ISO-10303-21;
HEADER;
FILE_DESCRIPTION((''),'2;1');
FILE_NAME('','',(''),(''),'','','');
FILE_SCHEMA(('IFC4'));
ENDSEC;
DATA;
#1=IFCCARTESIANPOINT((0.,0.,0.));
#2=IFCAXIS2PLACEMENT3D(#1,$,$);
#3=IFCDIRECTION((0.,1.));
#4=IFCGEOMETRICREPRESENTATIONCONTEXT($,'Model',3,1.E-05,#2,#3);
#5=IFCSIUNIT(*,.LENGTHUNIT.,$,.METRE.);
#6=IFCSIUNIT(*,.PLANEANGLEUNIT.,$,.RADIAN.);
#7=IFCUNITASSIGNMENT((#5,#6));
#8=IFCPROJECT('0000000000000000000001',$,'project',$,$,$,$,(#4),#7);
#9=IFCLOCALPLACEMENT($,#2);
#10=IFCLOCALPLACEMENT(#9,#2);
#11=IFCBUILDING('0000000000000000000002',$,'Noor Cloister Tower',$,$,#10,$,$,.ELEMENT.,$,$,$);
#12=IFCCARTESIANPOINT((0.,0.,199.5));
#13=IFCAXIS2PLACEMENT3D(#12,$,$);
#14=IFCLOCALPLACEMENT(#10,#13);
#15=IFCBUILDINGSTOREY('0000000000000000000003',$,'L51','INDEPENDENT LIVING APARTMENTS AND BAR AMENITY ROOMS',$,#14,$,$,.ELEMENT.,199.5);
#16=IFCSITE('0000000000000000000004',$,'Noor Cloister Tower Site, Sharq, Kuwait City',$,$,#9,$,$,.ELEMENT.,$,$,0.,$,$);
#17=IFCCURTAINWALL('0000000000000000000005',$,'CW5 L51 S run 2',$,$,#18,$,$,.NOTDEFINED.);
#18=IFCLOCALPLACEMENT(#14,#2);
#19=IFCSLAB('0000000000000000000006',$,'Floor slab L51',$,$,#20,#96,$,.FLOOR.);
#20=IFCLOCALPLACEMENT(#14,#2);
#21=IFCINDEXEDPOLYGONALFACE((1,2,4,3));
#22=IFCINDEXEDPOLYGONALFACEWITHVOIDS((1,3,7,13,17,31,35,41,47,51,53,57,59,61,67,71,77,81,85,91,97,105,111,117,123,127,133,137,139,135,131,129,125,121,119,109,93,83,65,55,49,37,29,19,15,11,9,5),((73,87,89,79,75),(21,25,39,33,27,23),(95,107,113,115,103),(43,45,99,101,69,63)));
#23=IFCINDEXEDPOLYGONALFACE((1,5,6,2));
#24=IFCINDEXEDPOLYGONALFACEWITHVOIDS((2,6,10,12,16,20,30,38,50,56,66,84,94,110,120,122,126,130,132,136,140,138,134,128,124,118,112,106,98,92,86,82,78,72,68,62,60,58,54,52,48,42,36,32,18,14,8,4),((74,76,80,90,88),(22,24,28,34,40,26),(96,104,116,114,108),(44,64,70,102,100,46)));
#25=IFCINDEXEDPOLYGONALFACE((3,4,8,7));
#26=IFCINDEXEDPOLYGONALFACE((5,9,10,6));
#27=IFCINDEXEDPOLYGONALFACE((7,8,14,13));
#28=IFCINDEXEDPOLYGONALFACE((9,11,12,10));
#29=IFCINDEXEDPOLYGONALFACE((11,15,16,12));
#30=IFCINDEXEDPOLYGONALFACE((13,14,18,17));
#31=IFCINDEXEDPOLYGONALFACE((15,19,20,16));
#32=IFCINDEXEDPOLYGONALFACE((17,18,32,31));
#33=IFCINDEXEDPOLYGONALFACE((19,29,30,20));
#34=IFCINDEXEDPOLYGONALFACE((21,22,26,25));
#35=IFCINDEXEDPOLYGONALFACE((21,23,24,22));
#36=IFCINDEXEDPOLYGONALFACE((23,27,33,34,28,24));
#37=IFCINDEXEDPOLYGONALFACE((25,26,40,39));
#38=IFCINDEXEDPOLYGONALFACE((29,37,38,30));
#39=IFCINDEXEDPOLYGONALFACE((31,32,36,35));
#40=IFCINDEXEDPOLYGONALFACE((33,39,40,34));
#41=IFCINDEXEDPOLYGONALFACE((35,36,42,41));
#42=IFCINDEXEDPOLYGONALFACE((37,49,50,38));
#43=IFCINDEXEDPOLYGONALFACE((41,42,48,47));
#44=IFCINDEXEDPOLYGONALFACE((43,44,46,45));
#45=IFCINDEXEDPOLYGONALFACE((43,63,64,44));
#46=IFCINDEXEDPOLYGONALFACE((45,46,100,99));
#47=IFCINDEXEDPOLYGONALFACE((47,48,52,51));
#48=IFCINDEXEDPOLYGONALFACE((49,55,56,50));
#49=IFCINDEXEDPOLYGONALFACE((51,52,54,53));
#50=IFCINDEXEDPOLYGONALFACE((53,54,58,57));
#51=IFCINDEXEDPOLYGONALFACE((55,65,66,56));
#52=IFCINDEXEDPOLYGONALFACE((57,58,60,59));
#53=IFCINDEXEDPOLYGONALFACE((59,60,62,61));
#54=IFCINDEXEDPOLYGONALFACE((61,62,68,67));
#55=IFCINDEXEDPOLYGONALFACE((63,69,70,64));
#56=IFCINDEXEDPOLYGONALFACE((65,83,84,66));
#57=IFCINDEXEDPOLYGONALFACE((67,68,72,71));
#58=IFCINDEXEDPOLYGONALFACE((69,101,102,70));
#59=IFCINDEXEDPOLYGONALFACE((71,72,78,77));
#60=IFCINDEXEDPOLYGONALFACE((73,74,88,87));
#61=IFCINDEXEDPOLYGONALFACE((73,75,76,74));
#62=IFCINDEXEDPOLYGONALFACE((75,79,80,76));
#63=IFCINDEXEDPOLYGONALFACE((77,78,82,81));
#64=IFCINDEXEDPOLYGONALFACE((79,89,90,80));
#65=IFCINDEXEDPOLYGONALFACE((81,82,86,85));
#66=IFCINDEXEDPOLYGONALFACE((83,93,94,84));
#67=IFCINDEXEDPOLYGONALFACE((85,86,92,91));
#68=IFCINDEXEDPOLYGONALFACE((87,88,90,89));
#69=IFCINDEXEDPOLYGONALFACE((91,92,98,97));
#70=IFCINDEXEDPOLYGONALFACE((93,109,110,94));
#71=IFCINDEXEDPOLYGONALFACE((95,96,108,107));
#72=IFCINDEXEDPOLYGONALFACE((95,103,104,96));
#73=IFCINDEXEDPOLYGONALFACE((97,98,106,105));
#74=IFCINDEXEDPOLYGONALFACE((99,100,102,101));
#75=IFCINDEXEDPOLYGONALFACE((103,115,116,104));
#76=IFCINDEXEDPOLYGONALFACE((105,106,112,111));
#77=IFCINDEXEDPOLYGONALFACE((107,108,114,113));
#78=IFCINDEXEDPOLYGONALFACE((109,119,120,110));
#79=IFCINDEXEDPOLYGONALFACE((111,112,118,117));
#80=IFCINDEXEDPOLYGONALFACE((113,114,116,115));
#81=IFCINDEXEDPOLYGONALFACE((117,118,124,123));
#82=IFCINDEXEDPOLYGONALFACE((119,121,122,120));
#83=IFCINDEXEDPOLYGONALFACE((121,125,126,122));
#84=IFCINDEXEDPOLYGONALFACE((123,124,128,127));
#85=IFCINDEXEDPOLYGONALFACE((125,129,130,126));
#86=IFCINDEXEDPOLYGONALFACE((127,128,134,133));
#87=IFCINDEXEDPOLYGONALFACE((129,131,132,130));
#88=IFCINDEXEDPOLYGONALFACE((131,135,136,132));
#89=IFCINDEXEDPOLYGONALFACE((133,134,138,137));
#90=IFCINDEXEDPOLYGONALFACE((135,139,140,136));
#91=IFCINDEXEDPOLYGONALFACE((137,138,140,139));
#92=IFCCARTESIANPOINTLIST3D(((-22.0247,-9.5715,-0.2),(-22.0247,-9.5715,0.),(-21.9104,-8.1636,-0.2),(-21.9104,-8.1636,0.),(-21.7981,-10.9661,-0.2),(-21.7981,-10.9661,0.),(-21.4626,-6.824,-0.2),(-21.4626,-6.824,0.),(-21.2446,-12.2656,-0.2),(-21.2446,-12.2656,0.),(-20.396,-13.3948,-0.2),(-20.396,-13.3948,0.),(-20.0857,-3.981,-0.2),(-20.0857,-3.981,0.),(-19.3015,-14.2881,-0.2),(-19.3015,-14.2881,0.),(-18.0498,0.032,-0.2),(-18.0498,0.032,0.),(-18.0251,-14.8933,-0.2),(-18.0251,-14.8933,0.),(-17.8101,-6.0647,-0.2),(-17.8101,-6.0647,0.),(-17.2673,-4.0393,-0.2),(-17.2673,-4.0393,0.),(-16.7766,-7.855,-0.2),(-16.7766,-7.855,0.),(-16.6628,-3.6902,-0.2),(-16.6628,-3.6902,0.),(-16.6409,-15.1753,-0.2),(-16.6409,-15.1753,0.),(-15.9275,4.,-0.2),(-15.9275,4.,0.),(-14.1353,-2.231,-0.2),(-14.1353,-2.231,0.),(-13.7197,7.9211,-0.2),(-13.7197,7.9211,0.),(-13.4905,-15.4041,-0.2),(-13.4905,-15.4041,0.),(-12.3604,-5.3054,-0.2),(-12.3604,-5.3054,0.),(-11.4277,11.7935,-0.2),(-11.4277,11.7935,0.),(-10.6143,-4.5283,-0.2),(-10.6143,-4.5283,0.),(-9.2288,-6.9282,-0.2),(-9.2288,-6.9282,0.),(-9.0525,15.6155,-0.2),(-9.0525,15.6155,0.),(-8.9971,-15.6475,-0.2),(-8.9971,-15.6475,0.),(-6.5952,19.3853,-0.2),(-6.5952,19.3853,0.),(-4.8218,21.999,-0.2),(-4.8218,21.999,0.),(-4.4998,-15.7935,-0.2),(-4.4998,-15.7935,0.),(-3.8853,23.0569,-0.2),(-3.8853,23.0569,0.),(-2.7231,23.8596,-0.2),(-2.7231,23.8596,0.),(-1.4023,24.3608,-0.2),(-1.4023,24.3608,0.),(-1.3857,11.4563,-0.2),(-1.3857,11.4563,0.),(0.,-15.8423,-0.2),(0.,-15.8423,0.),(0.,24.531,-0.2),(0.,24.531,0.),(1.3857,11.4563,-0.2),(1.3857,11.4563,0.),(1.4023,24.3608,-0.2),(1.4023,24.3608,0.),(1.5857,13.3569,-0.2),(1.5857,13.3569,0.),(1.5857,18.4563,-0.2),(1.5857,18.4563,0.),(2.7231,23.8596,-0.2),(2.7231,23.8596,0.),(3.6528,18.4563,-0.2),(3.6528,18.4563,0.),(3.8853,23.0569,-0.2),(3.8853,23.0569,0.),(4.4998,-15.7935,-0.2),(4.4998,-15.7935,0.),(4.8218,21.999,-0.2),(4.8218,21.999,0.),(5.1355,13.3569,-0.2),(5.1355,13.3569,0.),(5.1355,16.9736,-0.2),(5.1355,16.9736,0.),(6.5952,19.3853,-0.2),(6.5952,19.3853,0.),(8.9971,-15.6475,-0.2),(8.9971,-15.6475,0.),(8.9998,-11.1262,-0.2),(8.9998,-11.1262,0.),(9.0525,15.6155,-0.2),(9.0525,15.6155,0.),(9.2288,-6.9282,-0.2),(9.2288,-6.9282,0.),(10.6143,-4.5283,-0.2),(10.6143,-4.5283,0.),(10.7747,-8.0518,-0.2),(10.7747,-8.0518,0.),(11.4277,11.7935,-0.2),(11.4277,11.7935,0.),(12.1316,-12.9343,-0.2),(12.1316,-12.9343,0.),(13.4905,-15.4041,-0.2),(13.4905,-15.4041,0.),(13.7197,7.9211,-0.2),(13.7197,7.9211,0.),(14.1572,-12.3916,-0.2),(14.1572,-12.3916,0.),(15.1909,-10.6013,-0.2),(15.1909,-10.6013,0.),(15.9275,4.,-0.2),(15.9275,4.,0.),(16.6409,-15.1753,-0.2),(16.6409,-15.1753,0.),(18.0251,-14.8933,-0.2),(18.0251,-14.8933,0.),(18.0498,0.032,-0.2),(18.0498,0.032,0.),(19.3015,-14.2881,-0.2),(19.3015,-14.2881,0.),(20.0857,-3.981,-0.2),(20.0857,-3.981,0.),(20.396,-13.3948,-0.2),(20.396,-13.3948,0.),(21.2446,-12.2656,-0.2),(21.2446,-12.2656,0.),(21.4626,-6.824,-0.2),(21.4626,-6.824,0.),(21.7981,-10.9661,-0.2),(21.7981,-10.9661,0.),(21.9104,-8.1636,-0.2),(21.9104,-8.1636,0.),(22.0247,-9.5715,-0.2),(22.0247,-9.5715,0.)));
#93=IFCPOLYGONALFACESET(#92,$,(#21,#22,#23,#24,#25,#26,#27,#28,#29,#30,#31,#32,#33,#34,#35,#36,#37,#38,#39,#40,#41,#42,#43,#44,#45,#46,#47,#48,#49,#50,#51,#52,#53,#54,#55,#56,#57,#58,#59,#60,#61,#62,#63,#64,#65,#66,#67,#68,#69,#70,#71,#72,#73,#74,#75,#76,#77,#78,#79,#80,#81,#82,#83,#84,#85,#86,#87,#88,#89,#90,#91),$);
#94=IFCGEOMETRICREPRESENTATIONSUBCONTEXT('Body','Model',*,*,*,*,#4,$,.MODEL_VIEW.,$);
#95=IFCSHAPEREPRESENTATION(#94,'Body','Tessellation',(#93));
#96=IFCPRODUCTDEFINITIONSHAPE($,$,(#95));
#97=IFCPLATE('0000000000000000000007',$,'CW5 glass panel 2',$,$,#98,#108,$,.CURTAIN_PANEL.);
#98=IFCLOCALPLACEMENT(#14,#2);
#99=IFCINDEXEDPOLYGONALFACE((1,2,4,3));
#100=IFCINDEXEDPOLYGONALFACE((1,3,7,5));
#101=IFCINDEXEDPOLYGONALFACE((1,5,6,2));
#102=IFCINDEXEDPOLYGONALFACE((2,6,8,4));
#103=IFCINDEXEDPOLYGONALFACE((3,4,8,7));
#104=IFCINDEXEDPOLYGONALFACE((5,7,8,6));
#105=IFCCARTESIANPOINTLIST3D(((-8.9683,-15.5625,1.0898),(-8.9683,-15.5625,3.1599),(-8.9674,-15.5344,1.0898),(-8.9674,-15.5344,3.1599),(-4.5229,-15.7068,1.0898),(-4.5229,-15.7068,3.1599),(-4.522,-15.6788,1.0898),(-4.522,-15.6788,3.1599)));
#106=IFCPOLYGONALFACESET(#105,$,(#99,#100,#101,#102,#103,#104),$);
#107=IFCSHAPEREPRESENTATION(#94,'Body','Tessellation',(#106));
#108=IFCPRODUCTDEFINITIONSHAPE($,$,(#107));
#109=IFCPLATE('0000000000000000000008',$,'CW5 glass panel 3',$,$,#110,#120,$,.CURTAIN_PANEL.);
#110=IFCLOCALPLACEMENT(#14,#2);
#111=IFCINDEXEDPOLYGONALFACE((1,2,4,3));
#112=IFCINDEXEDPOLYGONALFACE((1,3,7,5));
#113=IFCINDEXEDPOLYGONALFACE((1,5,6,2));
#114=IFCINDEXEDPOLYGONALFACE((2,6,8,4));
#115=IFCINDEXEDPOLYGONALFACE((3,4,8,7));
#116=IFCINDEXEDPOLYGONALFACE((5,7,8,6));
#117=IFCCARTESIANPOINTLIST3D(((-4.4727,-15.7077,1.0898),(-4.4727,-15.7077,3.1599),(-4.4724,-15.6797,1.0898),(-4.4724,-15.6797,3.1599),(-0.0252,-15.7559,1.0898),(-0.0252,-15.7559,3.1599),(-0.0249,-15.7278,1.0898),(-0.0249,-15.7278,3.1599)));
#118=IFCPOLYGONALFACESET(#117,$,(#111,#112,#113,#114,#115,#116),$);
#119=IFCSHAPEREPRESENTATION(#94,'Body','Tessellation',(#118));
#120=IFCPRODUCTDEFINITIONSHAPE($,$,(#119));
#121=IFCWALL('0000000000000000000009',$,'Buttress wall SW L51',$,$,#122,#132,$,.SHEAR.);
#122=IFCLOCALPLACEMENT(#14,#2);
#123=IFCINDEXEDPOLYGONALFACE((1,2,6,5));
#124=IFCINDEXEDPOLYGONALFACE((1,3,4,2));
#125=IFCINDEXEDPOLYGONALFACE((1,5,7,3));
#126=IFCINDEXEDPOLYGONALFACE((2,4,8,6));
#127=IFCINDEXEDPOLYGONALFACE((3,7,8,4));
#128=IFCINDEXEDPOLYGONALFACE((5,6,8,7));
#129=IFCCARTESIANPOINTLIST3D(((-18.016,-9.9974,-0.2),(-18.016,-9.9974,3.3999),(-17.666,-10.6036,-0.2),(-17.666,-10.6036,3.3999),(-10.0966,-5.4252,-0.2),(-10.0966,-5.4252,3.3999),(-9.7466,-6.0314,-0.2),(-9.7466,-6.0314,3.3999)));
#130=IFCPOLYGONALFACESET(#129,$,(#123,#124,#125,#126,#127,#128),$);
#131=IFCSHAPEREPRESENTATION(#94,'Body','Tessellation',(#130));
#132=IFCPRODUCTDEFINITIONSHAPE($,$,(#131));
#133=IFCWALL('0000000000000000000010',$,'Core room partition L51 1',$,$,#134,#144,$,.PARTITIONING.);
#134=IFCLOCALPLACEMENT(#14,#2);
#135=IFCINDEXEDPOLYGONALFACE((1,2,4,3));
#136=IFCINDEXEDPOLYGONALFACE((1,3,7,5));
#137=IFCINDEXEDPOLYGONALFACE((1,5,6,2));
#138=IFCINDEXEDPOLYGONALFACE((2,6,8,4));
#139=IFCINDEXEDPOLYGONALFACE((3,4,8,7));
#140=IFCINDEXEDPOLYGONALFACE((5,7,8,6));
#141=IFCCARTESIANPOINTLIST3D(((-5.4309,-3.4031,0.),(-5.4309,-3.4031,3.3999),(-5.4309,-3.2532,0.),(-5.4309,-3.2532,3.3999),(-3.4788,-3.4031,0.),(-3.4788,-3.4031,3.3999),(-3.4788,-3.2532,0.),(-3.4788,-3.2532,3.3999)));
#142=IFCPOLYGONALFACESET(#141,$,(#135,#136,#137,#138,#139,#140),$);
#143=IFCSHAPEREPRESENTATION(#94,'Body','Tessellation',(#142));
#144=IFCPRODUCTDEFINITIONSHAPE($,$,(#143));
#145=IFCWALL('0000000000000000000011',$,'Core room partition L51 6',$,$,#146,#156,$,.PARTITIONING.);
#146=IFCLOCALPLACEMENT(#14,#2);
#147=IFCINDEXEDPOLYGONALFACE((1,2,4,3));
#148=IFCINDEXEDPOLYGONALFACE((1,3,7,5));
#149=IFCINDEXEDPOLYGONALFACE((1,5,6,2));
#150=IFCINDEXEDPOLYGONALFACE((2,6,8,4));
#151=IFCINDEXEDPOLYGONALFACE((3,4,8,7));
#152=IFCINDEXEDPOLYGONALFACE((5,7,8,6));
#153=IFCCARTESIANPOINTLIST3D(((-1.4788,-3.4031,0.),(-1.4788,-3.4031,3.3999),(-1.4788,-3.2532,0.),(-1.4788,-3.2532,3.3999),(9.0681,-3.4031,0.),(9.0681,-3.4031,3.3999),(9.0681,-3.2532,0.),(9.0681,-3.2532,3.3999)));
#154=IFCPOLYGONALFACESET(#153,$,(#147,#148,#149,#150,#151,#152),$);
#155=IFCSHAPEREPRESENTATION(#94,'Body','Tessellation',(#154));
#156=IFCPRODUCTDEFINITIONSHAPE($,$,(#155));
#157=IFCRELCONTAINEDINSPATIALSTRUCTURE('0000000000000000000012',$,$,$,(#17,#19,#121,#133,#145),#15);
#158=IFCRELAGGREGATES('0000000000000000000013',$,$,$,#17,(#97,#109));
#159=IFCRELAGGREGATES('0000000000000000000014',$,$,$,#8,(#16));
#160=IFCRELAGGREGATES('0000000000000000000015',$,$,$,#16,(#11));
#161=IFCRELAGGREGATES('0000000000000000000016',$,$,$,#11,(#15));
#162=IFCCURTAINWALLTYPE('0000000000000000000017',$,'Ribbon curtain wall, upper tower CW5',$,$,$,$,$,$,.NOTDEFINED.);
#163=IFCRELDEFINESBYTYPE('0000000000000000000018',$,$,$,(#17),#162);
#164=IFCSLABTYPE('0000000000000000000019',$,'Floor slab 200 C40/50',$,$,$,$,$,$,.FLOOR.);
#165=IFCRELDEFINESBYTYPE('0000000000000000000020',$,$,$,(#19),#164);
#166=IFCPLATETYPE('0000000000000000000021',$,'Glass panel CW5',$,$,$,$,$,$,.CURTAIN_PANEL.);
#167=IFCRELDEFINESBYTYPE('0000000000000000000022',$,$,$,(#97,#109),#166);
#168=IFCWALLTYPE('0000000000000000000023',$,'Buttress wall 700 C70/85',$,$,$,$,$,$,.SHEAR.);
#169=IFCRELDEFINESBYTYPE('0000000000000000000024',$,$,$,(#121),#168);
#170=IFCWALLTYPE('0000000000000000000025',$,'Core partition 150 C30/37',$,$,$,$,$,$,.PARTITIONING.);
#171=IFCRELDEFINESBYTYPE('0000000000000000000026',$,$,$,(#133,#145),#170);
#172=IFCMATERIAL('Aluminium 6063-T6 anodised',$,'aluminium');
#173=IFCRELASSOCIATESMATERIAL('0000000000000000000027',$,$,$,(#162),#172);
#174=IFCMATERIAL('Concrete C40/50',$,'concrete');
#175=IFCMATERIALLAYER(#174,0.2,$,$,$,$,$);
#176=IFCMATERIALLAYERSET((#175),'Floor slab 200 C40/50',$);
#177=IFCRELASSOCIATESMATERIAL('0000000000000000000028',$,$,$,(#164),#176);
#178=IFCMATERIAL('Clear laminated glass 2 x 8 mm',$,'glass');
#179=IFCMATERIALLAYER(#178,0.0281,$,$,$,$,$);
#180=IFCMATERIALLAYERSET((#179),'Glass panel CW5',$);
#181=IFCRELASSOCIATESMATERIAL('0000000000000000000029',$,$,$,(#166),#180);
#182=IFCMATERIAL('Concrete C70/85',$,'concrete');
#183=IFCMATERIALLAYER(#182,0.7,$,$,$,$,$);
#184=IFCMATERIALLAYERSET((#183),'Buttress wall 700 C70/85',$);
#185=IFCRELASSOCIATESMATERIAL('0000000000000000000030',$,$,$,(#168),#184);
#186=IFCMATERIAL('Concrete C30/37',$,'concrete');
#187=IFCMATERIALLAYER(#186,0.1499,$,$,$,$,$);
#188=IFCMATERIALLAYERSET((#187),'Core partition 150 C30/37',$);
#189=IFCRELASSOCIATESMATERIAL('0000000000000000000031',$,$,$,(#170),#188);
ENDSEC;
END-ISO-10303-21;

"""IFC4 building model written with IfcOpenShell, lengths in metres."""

from ifc_helpers import new_model, si_unit, direction, frame, frame_2d, origin, origin_2d, place, context, subcontext, project, spatial, polyline, rectangle, outline, extrude, material, layer, layer_set, type_object, element, aggregate, save


model = new_model("IFC4")

# Units and contexts
model_context = context("Model", 3, precision=1e-05, world=origin(), true_north=direction((0.0, 1.0)))
body_context = subcontext(model_context, "Body", "Model", "MODEL_VIEW")
ifc_project = project(units=[si_unit("LENGTHUNIT", "METRE"), si_unit("PLANEANGLEUNIT", "RADIAN")], contexts=[model_context])

# Site, building, storey
site_placement = place(None, origin())
site = spatial("IfcSite", under=ifc_project, at=site_placement, Name="Noor Cloister Tower Site, Sharq, Kuwait City", CompositionType="ELEMENT", RefElevation=0.0)
building_placement = place(site_placement, origin())
building = spatial("IfcBuilding", under=site, at=building_placement, Name="Noor Cloister Tower", CompositionType="ELEMENT")
storey_placement = place(building_placement, frame((0.0, 0.0, 199.5)))
storey = spatial("IfcBuildingStorey", under=building, at=storey_placement, Name="L51", Description="INDEPENDENT LIVING APARTMENTS AND BAR AMENITY ROOMS", CompositionType="ELEMENT", Elevation=199.5)

# Shared definitions
ifc_material_1 = material(Name="Aluminium 6063-T6 anodised", Category="aluminium")
curtain_wall_type = type_object("IfcCurtainWallType", Name="Ribbon curtain wall, upper tower CW5", PredefinedType="NOTDEFINED", material=ifc_material_1)

# Curtain wall
curtain_wall_1_placement = place(storey_placement, origin())
curtain_wall_1 = element("IfcCurtainWall", 1, at=curtain_wall_1_placement, inside=storey, type_object=curtain_wall_type, Name="CW5 L51 S run 2", PredefinedType="NOTDEFINED")

# Slab
ifc_material_2 = material(Name="Concrete C40/50", Category="concrete")
ifc_layer_1 = layer(ifc_material_2, 0.2)
ifc_layer_set_1 = layer_set([ifc_layer_1], Name="Floor slab 200 C40/50")
slab_type = type_object("IfcSlabType", Name="Floor slab 200 C40/50", PredefinedType="FLOOR", material=ifc_layer_set_1)
slab_placement = place(storey_placement, frame((0.0, 0.0, -0.2)))
element("IfcSlab", 2, at=slab_placement, inside=storey, type_object=slab_type, Name="Floor slab L51", PredefinedType="FLOOR", context=body_context, shape_type="SweptSolid", body=[
    extrude(outline(polyline([(4.8218, 21.999), (3.8853, 23.0569), (2.7231, 23.8596), (1.4023, 24.3608), (0.0, 24.531), (-1.4023, 24.3608), (-2.7231, 23.8596), (-3.8853, 23.0569), (-4.8218, 21.999), (-6.5952, 19.3853), (-9.0525, 15.6155), (-11.4277, 11.7935), (-13.7197, 7.9211), (-15.9275, 4.0), (-18.0498, 0.032), (-20.0857, -3.981), (-21.4626, -6.824), (-21.9104, -8.1636), (-22.0247, -9.5715), (-21.7981, -10.9661), (-21.2446, -12.2656), (-20.396, -13.3948), (-19.3015, -14.2881), (-18.0251, -14.8933), (-16.6409, -15.1753), (-13.4905, -15.4041), (-8.9971, -15.6475), (-4.4998, -15.7935), (0.0, -15.8423), (4.4998, -15.7935), (8.9971, -15.6475), (13.4905, -15.4041), (16.6409, -15.1753), (18.0251, -14.8933), (19.3015, -14.2881), (20.396, -13.3948), (21.2446, -12.2656), (21.7981, -10.9661), (22.0247, -9.5715), (21.9104, -8.1636), (21.4626, -6.824), (20.0857, -3.981), (18.0498, 0.032), (15.9275, 4.0), (13.7197, 7.9211), (11.4277, 11.7935), (9.0525, 15.6155), (6.5952, 19.3853), (4.8218, 21.999)]), holes=[polyline([(8.9998, -11.1262), (12.1316, -12.9343), (14.1572, -12.3916), (15.1909, -10.6013), (10.7747, -8.0518), (8.9998, -11.1262)]), polyline([(-17.8101, -6.0647), (-16.7766, -7.855), (-12.3604, -5.3054), (-14.1353, -2.231), (-16.6628, -3.6902), (-17.2673, -4.0393), (-17.8101, -6.0647)]), polyline([(-10.6143, -4.5283), (-9.2288, -6.9282), (9.2288, -6.9282), (10.6143, -4.5283), (1.3857, 11.4563), (-1.3857, 11.4563), (-10.6143, -4.5283)]), polyline([(3.6528, 18.4563), (1.5857, 18.4563), (1.5857, 13.3569), (5.1355, 13.3569), (5.1355, 16.9736), (3.6528, 18.4563)])]), origin(), (0.0, 0.0, 1.0), 0.2),
])

# Plates
ifc_material_3 = material(Name="Clear laminated glass 2 x 8 mm", Category="glass")
ifc_layer_2 = layer(ifc_material_3, 0.0281)
ifc_layer_set_2 = layer_set([ifc_layer_2], Name="Glass panel CW5")
plate_type = type_object("IfcPlateType", Name="Glass panel CW5", PredefinedType="CURTAIN_PANEL", material=ifc_layer_set_2)
plate_1_placement = place(storey_placement, frame((-6.7451, -15.6206, 1.0898), z_axis=(0.0, 0.0, 1.0), x_axis=(0.999473, -0.032455, 0.0)))
plate_1 = element("IfcPlate", 3, at=plate_1_placement, type_object=plate_type, Name="CW5 glass panel 2", PredefinedType="CURTAIN_PANEL", context=body_context, shape_type="SweptSolid", body=[
    extrude(rectangle(XDim=4.4478, YDim=0.0281, at=origin_2d()), origin(), (0.0, 0.0, 1.0), 2.0701),
])
plate_2_placement = place(storey_placement, frame((-2.2488, -15.7178, 1.0898), z_axis=(0.0, 0.0, 1.0), x_axis=(0.999941, -0.01082, 0.0)))
plate_2 = element("IfcPlate", 4, at=plate_2_placement, type_object=plate_type, Name="CW5 glass panel 3", PredefinedType="CURTAIN_PANEL", context=body_context, shape_type="SweptSolid", body=[
    extrude(rectangle(XDim=4.4478, YDim=0.0281, at=origin_2d()), origin(), (0.0, 0.0, 1.0), 2.0701),
])
aggregate(curtain_wall_1, [plate_1, plate_2])

# Walls
ifc_material_4 = material(Name="Concrete C70/85", Category="concrete")
ifc_layer_3 = layer(ifc_material_4, 0.7)
ifc_layer_set_3 = layer_set([ifc_layer_3], Name="Buttress wall 700 C70/85")
wall_type_1 = type_object("IfcWallType", Name="Buttress wall 700 C70/85", PredefinedType="SHEAR", material=ifc_layer_set_3)
wall_1_placement = place(storey_placement, frame((-9.9216, -5.7283, -0.2), z_axis=(0.0, 0.0, 1.0), x_axis=(-0.866026, -0.499998, 0.0)))
element("IfcWall", 5, at=wall_1_placement, inside=storey, type_object=wall_type_1, Name="Buttress wall SW L51", PredefinedType="SHEAR", context=body_context, shape_type="SweptSolid", body=[
    extrude(rectangle(XDim=9.1445, YDim=0.7, at=frame_2d((4.5723, 0.0))), origin(), (0.0, 0.0, 1.0), 3.5999),
])
ifc_material_5 = material(Name="Concrete C30/37", Category="concrete")
ifc_layer_4 = layer(ifc_material_5, 0.1499)
ifc_layer_set_4 = layer_set([ifc_layer_4], Name="Core partition 150 C30/37")
wall_type_2 = type_object("IfcWallType", Name="Core partition 150 C30/37", PredefinedType="PARTITIONING", material=ifc_layer_set_4)
wall_2_placement = place(storey_placement, frame((-5.4309, -3.3281, 0.0), z_axis=(0.0, 0.0, 1.0), x_axis=(1.0, 0.0, 0.0)))
element("IfcWall", 6, at=wall_2_placement, inside=storey, type_object=wall_type_2, Name="Core room partition L51 1", PredefinedType="PARTITIONING", context=body_context, shape_type="SweptSolid", body=[
    extrude(rectangle(XDim=1.9521, YDim=0.1499, at=frame_2d((0.9761, 0.0))), origin(), (0.0, 0.0, 1.0), 3.3999),
])
wall_3_placement = place(storey_placement, frame((-1.4788, -3.3281, 0.0), z_axis=(0.0, 0.0, 1.0), x_axis=(1.0, 0.0, 0.0)))
element("IfcWall", 7, at=wall_3_placement, inside=storey, type_object=wall_type_2, Name="Core room partition L51 6", PredefinedType="PARTITIONING", context=body_context, shape_type="SweptSolid", body=[
    extrude(rectangle(XDim=10.5469, YDim=0.1499, at=frame_2d((5.2734, 0.0))), origin(), (0.0, 0.0, 1.0), 3.3999),
])

save(model, "model.ifc")
